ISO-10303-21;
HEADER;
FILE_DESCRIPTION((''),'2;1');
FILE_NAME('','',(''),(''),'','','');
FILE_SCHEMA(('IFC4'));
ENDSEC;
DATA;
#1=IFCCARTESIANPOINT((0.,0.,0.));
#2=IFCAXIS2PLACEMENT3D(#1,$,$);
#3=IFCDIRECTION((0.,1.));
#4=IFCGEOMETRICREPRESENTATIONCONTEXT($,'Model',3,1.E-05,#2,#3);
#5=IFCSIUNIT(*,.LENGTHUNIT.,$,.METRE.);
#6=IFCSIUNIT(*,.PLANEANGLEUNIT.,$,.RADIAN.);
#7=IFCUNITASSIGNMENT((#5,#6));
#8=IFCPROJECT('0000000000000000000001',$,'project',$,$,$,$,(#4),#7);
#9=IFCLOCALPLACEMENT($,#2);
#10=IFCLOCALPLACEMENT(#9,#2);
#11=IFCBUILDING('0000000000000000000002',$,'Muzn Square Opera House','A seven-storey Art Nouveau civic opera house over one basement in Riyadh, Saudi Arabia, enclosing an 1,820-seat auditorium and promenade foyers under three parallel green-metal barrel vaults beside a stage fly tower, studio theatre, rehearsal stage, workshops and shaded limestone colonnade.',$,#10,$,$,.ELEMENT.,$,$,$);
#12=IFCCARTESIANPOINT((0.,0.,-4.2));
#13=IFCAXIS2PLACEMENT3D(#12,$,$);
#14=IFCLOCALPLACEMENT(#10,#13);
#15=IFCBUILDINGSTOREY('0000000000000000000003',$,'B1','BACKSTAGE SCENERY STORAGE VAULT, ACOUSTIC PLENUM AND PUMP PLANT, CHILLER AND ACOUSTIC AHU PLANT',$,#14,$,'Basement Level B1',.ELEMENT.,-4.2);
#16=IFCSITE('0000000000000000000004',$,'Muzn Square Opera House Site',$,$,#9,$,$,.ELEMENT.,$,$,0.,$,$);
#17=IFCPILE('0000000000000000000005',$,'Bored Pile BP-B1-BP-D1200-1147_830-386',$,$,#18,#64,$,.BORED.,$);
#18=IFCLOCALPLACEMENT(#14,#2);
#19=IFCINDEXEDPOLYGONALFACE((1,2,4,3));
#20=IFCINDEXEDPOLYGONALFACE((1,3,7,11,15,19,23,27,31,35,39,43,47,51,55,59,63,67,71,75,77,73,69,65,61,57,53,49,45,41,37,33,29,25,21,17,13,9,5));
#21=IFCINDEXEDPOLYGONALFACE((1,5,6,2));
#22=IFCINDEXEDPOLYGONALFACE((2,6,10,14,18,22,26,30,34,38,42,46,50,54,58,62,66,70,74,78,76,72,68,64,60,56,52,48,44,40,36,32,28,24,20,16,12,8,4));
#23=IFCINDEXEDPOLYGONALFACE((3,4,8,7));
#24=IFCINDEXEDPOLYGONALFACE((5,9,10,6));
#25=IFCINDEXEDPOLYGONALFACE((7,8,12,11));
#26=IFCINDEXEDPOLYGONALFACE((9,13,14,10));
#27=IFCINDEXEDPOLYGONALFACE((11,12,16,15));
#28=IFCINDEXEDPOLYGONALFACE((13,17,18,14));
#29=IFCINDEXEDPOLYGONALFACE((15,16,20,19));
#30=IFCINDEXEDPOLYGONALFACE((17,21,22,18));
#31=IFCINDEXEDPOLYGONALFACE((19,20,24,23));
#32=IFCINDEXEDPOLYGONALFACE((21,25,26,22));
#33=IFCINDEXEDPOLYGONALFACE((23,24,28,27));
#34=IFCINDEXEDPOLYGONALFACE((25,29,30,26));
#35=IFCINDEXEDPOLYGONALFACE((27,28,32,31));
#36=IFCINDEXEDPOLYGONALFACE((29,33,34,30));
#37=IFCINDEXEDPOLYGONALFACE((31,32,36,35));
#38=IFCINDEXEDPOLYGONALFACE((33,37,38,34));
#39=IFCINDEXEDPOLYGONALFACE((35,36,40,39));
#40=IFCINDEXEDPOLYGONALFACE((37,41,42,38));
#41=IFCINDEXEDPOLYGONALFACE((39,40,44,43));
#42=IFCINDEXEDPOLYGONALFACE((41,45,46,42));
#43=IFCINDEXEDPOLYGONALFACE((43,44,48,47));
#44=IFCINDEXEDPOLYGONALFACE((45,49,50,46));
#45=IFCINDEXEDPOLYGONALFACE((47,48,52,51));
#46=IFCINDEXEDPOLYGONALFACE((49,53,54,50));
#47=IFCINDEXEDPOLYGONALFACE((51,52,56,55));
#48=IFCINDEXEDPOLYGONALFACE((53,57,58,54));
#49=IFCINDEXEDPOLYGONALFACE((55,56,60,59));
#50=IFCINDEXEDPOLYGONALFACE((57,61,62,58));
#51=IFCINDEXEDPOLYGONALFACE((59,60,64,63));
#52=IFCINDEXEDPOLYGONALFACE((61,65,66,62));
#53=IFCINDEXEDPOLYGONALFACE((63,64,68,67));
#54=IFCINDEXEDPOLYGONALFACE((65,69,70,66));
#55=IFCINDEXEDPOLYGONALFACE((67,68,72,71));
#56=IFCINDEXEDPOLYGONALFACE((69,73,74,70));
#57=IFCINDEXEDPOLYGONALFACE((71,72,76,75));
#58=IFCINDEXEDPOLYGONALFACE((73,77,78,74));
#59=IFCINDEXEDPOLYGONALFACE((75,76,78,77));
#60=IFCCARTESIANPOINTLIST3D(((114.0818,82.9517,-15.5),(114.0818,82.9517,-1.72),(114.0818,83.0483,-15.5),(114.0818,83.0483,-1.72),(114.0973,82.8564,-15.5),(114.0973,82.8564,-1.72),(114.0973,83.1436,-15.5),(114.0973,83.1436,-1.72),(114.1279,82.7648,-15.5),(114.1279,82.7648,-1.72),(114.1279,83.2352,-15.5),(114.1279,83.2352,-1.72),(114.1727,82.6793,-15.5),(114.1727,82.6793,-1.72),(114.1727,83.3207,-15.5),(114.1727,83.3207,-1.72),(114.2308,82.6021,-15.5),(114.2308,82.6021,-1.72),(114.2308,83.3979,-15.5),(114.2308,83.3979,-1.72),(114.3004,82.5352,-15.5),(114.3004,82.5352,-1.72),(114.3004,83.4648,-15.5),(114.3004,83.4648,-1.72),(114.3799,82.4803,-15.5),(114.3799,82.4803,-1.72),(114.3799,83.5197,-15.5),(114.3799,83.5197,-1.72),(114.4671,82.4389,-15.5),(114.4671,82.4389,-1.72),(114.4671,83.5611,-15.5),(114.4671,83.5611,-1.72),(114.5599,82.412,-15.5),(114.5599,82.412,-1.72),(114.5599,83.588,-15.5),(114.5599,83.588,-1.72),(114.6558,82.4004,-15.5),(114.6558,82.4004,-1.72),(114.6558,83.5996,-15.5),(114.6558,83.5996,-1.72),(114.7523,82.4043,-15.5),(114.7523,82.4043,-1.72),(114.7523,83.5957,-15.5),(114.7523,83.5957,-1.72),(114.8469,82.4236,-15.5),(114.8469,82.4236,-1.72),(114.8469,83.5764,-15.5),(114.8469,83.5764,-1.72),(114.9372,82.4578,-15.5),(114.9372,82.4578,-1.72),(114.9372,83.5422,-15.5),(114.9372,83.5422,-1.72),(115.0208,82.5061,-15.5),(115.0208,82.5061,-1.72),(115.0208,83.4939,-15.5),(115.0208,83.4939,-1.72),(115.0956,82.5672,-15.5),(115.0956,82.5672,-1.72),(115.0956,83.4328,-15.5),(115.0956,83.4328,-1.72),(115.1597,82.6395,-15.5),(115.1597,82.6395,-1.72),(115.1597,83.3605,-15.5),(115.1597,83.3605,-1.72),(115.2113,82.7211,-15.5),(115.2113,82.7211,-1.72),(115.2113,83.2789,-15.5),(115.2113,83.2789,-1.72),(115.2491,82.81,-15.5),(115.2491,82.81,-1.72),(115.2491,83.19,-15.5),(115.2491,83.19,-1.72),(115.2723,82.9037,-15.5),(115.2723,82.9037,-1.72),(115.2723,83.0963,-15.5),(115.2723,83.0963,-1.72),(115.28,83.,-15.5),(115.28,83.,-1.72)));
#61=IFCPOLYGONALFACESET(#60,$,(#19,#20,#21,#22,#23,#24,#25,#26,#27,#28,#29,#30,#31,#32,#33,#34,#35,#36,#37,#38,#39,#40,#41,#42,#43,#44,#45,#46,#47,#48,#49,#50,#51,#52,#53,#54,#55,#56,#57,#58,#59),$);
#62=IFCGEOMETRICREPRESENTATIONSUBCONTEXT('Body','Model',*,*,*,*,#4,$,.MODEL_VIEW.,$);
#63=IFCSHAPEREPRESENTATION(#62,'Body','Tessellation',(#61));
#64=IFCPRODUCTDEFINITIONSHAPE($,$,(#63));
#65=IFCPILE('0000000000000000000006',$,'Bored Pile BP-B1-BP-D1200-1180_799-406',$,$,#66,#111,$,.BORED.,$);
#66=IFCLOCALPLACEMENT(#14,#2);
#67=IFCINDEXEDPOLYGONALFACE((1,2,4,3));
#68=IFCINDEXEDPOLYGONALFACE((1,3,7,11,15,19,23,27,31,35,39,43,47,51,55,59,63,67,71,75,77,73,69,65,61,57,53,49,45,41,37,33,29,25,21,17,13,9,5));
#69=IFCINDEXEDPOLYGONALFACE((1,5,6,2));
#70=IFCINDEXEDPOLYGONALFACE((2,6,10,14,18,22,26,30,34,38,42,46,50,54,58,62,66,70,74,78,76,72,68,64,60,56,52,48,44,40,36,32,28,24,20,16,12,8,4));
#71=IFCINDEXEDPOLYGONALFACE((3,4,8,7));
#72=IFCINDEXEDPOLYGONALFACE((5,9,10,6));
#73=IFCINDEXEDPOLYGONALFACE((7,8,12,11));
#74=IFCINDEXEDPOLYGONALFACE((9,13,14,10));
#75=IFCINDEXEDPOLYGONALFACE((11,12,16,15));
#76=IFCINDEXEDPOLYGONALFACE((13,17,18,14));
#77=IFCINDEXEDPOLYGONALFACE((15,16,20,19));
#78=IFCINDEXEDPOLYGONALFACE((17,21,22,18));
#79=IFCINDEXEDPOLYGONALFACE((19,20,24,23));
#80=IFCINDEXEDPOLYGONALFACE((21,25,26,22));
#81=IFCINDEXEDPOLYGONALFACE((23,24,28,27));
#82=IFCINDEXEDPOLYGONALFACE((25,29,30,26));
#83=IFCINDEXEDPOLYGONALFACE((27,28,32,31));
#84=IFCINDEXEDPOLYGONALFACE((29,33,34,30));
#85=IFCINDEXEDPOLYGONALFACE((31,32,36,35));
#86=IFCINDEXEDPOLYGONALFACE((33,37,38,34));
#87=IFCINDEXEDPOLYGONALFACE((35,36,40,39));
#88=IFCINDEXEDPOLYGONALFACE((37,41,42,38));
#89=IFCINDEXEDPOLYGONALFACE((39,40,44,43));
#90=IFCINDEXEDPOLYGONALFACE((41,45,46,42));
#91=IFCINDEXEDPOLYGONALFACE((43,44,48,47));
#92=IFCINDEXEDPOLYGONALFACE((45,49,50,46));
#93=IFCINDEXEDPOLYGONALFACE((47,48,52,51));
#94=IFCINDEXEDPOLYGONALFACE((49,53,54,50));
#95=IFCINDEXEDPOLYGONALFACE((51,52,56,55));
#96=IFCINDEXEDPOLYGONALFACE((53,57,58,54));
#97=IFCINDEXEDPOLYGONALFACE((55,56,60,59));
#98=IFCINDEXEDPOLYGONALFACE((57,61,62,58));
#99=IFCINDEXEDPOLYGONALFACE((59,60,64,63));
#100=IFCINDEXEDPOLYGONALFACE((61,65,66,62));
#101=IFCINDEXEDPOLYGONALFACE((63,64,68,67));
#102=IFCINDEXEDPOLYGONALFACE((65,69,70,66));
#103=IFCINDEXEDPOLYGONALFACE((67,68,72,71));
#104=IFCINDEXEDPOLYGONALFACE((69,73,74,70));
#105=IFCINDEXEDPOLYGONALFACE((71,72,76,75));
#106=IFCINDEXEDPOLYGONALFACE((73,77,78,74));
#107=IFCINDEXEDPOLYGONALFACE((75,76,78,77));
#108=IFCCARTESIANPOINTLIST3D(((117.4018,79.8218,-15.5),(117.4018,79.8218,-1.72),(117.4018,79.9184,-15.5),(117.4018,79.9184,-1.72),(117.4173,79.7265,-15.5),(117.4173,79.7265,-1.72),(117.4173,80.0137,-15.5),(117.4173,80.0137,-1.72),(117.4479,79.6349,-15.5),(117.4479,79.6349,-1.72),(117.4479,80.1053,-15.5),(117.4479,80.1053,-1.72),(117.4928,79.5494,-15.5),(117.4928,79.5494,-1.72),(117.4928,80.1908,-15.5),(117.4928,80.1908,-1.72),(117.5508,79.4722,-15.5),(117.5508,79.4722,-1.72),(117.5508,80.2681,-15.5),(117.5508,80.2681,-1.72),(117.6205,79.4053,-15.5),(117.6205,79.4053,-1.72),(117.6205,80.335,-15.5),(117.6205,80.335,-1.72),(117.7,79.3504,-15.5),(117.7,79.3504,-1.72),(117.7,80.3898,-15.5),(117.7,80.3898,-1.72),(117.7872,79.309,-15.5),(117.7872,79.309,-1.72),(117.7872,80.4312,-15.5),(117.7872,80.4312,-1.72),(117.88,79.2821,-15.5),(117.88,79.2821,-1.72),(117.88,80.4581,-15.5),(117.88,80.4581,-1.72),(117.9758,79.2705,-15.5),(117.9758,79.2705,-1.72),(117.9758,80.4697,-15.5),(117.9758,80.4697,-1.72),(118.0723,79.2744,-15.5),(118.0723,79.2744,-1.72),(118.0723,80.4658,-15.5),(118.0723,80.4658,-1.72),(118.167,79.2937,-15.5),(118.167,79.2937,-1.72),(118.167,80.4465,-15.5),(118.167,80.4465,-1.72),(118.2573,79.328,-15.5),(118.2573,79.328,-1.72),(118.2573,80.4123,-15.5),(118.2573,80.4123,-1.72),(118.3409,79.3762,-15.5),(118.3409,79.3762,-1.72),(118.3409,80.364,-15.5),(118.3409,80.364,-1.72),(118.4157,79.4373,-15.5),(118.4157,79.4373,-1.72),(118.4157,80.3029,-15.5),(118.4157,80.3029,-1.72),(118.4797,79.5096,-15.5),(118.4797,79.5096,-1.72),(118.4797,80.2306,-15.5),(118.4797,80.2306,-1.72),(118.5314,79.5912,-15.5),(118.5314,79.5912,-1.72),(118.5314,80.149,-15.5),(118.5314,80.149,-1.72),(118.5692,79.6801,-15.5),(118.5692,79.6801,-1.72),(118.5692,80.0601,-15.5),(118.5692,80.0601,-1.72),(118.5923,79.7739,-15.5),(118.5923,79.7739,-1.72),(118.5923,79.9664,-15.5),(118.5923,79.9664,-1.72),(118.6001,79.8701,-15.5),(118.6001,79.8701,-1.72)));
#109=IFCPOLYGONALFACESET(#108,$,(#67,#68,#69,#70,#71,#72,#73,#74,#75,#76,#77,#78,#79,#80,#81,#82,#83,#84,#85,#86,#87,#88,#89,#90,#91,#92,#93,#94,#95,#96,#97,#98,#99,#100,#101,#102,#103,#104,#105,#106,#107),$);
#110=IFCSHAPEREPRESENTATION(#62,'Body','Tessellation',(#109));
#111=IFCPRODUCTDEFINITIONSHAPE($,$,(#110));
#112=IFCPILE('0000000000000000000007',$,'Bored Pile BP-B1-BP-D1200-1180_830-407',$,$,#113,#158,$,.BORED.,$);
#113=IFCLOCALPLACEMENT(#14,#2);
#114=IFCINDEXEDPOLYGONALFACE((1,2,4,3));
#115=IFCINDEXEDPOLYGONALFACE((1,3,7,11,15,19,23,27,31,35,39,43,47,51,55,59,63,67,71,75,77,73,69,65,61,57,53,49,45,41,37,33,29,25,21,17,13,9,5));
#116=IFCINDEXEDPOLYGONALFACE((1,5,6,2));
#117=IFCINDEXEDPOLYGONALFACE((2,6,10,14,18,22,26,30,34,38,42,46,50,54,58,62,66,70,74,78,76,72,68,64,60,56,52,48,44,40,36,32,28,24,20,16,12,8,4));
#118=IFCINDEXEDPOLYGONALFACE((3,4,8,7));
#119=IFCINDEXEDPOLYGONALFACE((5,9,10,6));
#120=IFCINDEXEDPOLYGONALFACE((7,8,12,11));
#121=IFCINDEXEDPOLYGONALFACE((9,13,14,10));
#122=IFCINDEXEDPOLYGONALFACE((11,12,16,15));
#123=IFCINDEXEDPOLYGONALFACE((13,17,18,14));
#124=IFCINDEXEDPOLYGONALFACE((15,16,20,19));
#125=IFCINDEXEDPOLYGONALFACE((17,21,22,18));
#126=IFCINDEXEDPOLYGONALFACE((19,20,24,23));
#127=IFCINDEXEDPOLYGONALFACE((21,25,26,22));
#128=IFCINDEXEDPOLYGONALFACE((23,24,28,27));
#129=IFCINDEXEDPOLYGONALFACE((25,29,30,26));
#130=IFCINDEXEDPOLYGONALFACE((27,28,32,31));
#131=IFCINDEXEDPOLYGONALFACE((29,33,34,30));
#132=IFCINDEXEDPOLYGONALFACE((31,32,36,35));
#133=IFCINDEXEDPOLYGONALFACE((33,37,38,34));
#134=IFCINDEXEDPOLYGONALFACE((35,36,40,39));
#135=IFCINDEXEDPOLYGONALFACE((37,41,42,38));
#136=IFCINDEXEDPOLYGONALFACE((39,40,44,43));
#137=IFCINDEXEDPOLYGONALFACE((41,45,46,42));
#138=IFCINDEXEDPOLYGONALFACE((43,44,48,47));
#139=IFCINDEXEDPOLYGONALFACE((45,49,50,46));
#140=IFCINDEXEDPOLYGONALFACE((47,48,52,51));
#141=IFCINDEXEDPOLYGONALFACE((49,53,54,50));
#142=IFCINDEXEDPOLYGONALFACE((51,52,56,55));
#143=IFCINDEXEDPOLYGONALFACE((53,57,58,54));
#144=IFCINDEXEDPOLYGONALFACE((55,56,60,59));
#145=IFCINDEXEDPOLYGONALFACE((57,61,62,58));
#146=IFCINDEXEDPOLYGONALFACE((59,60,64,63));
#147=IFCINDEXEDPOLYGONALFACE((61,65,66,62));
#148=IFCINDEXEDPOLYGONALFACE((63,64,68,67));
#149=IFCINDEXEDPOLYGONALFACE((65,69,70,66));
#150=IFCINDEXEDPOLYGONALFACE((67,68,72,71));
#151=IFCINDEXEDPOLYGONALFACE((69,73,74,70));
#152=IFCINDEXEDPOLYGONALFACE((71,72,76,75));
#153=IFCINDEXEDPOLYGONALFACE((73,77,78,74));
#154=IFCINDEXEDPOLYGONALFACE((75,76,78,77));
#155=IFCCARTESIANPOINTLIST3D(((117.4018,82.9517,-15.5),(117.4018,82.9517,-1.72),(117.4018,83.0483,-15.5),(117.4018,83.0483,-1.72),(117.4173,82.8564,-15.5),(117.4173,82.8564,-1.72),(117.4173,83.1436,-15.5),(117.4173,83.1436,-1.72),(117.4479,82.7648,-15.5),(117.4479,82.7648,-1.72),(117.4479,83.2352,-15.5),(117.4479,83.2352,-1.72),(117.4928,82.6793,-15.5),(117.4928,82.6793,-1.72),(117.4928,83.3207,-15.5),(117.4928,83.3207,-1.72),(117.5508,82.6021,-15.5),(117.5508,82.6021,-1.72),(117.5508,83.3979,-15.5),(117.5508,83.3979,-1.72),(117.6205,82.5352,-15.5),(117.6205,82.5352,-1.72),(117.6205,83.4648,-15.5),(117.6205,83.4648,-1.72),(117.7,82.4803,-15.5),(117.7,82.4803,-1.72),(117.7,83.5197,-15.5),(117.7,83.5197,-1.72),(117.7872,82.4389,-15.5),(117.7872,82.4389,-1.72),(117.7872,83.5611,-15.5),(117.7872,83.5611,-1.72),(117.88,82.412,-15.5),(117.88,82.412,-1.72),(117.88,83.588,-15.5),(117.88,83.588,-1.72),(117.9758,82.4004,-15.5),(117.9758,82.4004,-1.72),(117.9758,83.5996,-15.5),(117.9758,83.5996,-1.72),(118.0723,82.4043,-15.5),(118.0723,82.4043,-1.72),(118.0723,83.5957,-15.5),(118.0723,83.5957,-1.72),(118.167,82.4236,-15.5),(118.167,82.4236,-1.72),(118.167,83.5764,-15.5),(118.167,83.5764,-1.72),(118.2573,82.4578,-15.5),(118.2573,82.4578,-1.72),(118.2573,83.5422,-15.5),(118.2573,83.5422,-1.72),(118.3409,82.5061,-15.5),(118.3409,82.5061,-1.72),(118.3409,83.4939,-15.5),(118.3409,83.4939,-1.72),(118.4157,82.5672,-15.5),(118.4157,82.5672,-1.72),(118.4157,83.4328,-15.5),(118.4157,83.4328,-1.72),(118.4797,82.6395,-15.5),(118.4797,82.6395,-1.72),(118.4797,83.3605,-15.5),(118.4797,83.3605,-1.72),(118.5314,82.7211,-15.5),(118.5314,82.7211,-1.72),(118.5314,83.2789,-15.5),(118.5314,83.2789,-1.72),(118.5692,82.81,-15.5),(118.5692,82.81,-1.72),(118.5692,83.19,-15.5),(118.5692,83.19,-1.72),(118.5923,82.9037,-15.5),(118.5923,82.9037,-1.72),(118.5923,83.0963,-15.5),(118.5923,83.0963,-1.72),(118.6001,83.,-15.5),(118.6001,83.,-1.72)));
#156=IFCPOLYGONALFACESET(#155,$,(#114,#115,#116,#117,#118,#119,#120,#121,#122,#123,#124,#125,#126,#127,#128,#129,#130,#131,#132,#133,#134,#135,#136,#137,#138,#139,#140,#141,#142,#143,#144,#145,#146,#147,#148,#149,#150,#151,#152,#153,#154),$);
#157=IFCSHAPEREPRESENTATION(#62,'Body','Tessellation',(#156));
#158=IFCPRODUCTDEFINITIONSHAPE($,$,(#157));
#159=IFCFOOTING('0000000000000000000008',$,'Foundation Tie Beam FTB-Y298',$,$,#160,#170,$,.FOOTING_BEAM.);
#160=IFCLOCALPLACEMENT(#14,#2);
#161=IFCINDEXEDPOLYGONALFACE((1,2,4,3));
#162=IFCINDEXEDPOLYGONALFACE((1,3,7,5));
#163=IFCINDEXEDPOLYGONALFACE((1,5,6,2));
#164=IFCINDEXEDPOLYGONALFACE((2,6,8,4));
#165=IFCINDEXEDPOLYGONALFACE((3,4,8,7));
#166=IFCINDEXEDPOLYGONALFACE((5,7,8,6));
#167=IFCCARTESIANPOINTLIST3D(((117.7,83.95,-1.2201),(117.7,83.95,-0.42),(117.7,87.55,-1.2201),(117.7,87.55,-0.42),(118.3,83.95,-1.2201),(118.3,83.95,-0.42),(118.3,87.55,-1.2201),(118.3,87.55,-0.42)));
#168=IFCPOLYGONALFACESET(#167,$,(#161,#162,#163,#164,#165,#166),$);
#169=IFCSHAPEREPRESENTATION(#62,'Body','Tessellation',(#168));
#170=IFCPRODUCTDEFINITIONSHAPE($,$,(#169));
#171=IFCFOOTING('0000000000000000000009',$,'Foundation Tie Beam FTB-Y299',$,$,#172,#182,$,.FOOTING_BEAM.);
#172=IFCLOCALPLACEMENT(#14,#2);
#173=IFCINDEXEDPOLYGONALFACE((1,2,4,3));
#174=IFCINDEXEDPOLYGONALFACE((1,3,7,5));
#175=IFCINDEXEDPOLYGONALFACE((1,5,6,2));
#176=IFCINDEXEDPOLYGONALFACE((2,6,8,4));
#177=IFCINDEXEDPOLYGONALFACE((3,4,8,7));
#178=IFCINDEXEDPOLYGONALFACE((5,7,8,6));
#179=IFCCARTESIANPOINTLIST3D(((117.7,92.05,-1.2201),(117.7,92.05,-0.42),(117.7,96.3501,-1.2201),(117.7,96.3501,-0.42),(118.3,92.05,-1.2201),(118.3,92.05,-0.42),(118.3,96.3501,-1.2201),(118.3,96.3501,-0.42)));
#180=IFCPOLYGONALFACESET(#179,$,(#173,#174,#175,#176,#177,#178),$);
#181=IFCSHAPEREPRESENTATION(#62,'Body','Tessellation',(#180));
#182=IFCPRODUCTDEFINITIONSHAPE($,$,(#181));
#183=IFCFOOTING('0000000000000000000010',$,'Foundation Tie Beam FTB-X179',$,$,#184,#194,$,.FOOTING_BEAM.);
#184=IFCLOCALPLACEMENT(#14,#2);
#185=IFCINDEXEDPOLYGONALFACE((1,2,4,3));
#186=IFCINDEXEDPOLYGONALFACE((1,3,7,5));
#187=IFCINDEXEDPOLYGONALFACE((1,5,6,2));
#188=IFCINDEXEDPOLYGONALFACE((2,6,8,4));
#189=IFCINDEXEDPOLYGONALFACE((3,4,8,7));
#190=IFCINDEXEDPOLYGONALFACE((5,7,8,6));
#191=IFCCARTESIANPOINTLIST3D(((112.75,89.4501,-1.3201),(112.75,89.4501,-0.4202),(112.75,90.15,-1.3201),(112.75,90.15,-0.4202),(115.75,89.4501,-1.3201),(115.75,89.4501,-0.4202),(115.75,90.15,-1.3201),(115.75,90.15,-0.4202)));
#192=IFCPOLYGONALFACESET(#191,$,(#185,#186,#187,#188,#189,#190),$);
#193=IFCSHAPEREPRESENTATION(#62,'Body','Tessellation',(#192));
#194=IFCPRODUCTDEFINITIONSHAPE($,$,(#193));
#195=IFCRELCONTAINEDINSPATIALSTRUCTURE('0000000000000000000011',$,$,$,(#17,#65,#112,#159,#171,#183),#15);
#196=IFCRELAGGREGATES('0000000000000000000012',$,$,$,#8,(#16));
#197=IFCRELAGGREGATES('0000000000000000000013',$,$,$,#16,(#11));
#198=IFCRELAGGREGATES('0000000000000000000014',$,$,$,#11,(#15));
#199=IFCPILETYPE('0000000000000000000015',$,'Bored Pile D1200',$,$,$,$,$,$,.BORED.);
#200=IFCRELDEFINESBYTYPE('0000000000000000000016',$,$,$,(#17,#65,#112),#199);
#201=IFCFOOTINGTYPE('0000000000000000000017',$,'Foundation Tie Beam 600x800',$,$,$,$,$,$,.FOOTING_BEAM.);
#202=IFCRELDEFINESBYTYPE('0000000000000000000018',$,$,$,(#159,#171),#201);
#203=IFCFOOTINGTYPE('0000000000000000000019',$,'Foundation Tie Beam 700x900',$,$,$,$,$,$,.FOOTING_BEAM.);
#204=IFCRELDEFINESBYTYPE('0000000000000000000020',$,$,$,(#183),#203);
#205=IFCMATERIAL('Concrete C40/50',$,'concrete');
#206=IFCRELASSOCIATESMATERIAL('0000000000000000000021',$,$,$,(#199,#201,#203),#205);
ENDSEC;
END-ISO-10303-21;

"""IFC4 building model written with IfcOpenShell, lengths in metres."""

from ifc_helpers import new_model, si_unit, direction, frame, origin, origin_2d, place, context, subcontext, project, spatial, rectangle, circle, extrude, material, material_profile, profile_set, type_object, element, save


model = new_model("IFC4")

# Units and contexts
model_context = context("Model", 3, precision=1e-05, world=origin(), true_north=direction((0.0, 1.0)))
body_context = subcontext(model_context, "Body", "Model", "MODEL_VIEW")
ifc_project = project(units=[si_unit("LENGTHUNIT", "METRE"), si_unit("PLANEANGLEUNIT", "RADIAN")], contexts=[model_context])

# Site, building, storey
site_placement = place(None, origin())
site = spatial("IfcSite", under=ifc_project, at=site_placement, Name="Muzn Square Opera House Site", CompositionType="ELEMENT", RefElevation=0.0)
building_placement = place(site_placement, origin())
building = spatial("IfcBuilding", under=site, at=building_placement, Name="Muzn Square Opera House", Description="A seven-storey Art Nouveau civic opera house over one basement in Riyadh, Saudi Arabia, enclosing an 1,820-seat auditorium and promenade foyers under three parallel green-metal barrel vaults beside a stage fly tower, studio theatre, rehearsal stage, workshops and shaded limestone colonnade.", CompositionType="ELEMENT")
storey_placement = place(building_placement, frame((0.0, 0.0, -4.2)))
storey = spatial("IfcBuildingStorey", under=building, at=storey_placement, Name="B1", Description="BACKSTAGE SCENERY STORAGE VAULT, ACOUSTIC PLENUM AND PUMP PLANT, CHILLER AND ACOUSTIC AHU PLANT", LongName="Basement Level B1", CompositionType="ELEMENT", Elevation=-4.2)

# Piles
ifc_material_1 = material(Name="Concrete C40/50", Category="concrete")
ifc_material_profile_1 = material_profile(ifc_material_1, circle(Radius=0.6001, at=origin_2d()), Name="BORED PILE D1200", Category="concrete")
ifc_profile_set_1 = profile_set([ifc_material_profile_1], Name="Concrete C40/50")
pile_type_1 = type_object("IfcPileType", Name="Bored Pile D1200", PredefinedType="BORED", material=ifc_profile_set_1)
for number, where, z_axis, x_axis, name in (
    (1, (114.6799, 83.0, -1.72), (0.0, 0.0, -1.0), (1.0, 0.0, 0.0), "Bored Pile BP-B1-BP-D1200-1147_830-386"),
    (2, (118.0, 79.8701, -1.72), (0.0, 0.0, -1.0), (1.0, 0.0, 0.0), "Bored Pile BP-B1-BP-D1200-1180_799-406"),
    (3, (118.0, 83.0, -1.72), (0.0, 0.0, -1.0), (1.0, 0.0, 0.0), "Bored Pile BP-B1-BP-D1200-1180_830-407"),
):
    element("IfcPile", number, at=place(storey_placement, frame(where, z_axis=z_axis, x_axis=x_axis)), inside=storey, type_object=pile_type_1, Name=name, PredefinedType="BORED", context=body_context, shape_type="SweptSolid", body=[
        extrude(circle(Radius=0.6001, at=origin_2d()), origin(), (0.0, 0.0, 1.0), 13.78),
    ])

# Footings
ifc_material_profile_2 = material_profile(ifc_material_1, rectangle(XDim=0.6001, YDim=0.8, at=origin_2d()), Name="RCTB 600x800", Category="concrete")
ifc_profile_set_2 = profile_set([ifc_material_profile_2], Name="Concrete C40/50")
footing_type_1 = type_object("IfcFootingType", Name="Foundation Tie Beam 600x800", PredefinedType="FOOTING_BEAM", material=ifc_profile_set_2)
footing_1_placement = place(storey_placement, frame((118.0, 83.95, -0.8201), z_axis=(0.0, 1.0, 0.0), x_axis=(-1.0, 0.0, 0.0)))
element("IfcFooting", 4, at=footing_1_placement, inside=storey, type_object=footing_type_1, Name="Foundation Tie Beam FTB-Y298", PredefinedType="FOOTING_BEAM", context=body_context, shape_type="SweptSolid", body=[
    extrude(rectangle(XDim=0.6001, YDim=0.8, at=origin_2d()), origin(), (0.0, 0.0, 1.0), 3.6001),
])
footing_2_placement = place(storey_placement, frame((118.0, 92.05, -0.8201), z_axis=(0.0, 1.0, 0.0), x_axis=(-1.0, 0.0, 0.0)))
element("IfcFooting", 5, at=footing_2_placement, inside=storey, type_object=footing_type_1, Name="Foundation Tie Beam FTB-Y299", PredefinedType="FOOTING_BEAM", context=body_context, shape_type="SweptSolid", body=[
    extrude(rectangle(XDim=0.6001, YDim=0.8, at=origin_2d()), origin(), (0.0, 0.0, 1.0), 4.3),
])
ifc_material_profile_3 = material_profile(ifc_material_1, rectangle(XDim=0.7, YDim=0.8999, at=origin_2d()), Name="RCTB 700x900", Category="concrete")
ifc_profile_set_3 = profile_set([ifc_material_profile_3], Name="Concrete C40/50")
footing_type_2 = type_object("IfcFootingType", Name="Foundation Tie Beam 700x900", PredefinedType="FOOTING_BEAM", material=ifc_profile_set_3)
footing_3_placement = place(storey_placement, frame((112.75, 89.8, -0.8701), z_axis=(1.0, 0.0, 0.0), x_axis=(0.0, 1.0, 0.0)))
element("IfcFooting", 6, at=footing_3_placement, inside=storey, type_object=footing_type_2, Name="Foundation Tie Beam FTB-X179", PredefinedType="FOOTING_BEAM", context=body_context, shape_type="SweptSolid", body=[
    extrude(rectangle(XDim=0.7, YDim=0.8999, at=origin_2d()), origin(), (0.0, 0.0, 1.0), 3.0),
])

save(model, "model.ifc")
